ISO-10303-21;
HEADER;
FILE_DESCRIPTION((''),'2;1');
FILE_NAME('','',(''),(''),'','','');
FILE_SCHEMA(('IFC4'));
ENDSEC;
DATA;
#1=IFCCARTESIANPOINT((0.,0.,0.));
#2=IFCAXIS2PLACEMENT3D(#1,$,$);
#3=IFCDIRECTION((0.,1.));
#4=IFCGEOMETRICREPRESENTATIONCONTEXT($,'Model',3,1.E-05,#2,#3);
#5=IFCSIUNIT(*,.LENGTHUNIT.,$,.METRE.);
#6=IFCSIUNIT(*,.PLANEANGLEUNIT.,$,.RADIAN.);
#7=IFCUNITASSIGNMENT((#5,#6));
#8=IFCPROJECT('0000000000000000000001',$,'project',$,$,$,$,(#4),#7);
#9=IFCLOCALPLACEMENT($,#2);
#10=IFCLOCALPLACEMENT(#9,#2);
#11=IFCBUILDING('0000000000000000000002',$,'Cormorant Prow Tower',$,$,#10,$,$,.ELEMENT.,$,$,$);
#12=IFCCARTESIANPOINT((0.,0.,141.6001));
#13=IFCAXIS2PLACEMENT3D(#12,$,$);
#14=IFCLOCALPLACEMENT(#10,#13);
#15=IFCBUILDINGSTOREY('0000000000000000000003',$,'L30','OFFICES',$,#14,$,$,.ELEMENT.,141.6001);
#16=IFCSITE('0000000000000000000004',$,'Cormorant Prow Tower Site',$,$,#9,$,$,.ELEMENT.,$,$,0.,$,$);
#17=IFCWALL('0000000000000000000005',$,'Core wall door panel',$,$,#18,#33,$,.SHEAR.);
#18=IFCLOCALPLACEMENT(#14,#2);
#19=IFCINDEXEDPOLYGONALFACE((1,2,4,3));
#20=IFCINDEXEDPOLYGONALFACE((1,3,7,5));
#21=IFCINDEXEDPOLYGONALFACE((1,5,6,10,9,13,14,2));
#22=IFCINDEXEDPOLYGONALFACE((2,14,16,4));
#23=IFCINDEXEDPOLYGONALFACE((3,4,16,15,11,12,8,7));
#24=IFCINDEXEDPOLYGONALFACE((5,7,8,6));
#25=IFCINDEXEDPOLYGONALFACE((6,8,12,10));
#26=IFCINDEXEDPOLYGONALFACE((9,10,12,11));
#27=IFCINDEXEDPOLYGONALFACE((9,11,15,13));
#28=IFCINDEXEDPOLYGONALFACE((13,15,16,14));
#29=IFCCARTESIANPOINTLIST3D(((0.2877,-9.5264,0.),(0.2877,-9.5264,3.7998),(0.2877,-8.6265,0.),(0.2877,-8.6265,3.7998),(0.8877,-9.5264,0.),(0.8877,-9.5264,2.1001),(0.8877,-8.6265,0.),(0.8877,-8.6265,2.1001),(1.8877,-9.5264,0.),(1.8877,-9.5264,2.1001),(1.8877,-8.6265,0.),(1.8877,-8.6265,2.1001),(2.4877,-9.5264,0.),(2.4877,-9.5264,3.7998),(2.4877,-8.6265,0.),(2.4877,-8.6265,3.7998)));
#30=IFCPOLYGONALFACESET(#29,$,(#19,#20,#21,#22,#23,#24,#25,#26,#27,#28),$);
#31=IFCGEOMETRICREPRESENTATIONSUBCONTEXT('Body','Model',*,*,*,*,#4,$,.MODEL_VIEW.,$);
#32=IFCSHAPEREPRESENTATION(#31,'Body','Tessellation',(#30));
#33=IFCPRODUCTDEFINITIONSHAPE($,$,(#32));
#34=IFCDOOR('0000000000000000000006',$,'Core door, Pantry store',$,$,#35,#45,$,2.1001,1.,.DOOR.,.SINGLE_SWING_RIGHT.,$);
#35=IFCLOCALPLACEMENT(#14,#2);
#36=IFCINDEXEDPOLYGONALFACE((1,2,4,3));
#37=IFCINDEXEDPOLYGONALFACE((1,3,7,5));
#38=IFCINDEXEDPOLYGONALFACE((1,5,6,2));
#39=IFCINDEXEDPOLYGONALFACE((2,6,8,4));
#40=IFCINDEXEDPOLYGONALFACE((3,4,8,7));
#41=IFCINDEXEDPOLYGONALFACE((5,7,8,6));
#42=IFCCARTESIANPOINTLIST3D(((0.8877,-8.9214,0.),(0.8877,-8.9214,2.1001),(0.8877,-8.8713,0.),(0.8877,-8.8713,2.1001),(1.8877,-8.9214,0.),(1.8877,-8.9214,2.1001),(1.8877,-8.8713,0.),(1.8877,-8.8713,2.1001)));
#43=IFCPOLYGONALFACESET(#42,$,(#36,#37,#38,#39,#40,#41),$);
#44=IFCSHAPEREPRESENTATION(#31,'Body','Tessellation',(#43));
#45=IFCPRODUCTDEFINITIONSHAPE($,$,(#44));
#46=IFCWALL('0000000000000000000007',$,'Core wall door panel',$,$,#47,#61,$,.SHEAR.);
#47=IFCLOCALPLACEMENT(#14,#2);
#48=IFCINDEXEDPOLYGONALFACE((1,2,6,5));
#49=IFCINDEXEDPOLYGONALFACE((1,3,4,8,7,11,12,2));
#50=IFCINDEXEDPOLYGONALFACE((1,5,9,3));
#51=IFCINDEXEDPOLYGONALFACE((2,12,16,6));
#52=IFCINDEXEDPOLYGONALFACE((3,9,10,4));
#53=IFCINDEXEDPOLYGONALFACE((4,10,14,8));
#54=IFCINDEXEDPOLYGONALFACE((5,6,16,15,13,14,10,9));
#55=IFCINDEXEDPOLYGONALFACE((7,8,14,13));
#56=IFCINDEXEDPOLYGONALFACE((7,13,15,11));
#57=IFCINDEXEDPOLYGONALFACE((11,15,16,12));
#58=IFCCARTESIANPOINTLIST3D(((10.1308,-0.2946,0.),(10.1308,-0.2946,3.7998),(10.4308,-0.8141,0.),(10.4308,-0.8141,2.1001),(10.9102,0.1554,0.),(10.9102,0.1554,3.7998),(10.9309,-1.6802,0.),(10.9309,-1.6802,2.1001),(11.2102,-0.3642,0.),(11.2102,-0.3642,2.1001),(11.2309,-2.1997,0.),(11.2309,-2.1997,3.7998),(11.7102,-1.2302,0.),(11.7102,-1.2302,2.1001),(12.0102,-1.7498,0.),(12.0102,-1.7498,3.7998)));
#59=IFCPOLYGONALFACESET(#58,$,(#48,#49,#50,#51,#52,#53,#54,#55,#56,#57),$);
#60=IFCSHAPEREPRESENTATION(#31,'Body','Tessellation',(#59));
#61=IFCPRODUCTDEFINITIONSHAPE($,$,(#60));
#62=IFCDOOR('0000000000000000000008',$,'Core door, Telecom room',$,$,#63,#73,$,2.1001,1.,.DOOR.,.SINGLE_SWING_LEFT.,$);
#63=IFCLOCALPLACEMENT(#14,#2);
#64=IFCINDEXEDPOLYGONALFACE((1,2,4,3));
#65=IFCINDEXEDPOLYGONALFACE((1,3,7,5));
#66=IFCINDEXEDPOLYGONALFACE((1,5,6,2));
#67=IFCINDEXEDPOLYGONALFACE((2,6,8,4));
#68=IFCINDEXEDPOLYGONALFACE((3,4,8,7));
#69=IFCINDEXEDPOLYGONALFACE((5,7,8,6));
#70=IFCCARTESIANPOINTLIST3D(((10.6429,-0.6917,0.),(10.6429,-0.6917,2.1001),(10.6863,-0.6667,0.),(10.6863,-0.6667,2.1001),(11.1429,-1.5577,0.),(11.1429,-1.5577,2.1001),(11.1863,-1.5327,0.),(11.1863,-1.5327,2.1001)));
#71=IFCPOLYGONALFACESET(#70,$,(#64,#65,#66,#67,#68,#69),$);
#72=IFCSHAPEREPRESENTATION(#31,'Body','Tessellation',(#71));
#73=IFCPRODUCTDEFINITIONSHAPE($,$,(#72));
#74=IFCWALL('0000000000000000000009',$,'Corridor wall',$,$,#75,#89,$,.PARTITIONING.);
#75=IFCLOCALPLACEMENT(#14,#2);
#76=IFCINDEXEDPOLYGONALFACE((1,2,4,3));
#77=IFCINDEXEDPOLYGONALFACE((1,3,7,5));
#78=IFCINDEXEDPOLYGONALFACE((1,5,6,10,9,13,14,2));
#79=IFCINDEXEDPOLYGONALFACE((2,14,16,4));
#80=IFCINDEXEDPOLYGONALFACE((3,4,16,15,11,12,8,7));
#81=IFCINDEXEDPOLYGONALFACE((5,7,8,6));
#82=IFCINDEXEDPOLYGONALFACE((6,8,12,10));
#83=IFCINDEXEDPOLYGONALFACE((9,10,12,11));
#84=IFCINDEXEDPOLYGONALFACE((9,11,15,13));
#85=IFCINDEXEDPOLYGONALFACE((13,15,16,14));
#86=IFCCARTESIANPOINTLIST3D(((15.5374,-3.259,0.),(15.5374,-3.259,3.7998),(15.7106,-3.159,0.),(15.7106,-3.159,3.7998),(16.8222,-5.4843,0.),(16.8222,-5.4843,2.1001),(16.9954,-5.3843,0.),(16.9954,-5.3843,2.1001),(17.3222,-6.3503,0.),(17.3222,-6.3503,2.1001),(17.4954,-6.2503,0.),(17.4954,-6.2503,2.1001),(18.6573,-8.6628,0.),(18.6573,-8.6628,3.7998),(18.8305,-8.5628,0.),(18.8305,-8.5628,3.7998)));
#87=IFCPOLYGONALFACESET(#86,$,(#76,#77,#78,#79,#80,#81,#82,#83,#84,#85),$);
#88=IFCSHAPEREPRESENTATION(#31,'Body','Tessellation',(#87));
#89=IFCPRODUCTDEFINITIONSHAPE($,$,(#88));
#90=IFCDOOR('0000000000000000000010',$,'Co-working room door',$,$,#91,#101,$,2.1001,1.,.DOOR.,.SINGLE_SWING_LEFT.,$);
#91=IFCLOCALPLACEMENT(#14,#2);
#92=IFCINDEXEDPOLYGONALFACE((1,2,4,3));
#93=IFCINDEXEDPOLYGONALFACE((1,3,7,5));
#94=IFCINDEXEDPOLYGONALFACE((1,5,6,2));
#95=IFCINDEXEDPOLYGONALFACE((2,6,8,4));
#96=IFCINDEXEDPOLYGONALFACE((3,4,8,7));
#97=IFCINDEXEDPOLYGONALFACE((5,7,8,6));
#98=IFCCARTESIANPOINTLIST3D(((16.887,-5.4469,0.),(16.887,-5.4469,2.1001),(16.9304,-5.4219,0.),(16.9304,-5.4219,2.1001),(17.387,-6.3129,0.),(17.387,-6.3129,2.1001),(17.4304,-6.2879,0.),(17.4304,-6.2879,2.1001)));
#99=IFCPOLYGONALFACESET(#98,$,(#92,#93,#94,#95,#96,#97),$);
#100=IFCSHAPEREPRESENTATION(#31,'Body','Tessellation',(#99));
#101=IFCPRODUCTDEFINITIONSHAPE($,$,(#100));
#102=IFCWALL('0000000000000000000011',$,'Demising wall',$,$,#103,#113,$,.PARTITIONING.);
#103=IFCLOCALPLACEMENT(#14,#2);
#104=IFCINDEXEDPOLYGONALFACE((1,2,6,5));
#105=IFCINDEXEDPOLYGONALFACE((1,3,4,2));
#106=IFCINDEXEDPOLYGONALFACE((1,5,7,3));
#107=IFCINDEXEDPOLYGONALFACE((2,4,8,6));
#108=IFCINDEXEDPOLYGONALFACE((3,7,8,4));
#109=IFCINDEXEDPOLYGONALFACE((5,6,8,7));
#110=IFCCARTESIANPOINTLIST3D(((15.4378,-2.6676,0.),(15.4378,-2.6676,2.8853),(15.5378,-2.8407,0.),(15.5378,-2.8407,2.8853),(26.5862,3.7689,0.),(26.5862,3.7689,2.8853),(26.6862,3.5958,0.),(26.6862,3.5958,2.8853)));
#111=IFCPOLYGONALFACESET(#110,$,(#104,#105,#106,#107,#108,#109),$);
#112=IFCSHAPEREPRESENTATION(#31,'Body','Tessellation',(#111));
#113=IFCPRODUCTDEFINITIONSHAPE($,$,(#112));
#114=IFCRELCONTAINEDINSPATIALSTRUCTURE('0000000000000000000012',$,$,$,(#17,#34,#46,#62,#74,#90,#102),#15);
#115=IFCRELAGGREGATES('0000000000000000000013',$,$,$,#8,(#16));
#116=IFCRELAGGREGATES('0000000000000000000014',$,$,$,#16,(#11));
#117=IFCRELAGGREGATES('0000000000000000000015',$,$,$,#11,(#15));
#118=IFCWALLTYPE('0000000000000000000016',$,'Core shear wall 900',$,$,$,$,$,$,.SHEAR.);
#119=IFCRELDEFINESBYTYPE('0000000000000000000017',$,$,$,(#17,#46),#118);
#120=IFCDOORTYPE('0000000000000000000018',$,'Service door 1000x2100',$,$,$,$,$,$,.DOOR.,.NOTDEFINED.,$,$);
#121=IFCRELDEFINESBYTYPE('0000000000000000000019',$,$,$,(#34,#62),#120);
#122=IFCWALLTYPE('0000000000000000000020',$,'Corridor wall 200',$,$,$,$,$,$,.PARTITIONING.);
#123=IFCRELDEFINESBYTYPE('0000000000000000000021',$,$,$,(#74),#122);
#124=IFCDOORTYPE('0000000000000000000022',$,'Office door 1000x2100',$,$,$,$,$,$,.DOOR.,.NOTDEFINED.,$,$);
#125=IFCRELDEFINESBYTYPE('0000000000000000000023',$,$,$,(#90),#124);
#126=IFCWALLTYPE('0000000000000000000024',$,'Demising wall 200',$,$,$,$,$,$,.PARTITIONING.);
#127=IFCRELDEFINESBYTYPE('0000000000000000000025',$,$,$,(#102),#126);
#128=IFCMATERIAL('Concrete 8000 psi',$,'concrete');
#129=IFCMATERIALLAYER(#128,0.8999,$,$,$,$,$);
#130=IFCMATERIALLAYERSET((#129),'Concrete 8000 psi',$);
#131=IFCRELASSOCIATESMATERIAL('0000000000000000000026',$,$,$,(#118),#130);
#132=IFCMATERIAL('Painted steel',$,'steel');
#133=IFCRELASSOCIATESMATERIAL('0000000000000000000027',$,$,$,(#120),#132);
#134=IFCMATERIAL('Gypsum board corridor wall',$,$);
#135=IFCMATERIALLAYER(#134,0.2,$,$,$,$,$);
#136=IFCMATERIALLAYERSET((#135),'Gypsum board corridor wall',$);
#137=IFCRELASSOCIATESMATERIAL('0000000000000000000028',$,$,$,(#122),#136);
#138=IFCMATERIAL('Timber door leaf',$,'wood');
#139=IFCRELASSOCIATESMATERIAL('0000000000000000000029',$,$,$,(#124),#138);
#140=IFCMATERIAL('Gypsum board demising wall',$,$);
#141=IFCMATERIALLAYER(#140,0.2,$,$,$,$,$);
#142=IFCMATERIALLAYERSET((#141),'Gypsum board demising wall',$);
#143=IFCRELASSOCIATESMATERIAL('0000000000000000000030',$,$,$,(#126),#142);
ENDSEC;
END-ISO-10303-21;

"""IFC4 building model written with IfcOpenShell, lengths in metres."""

from ifc_helpers import new_model, si_unit, direction, frame, frame_2d, origin, place, context, subcontext, project, spatial, rectangle, extrude, material, layer, layer_set, type_object, element, fill, save


model = new_model("IFC4")

# Units and contexts
model_context = context("Model", 3, precision=1e-05, world=origin(), true_north=direction((0.0, 1.0)))
body_context = subcontext(model_context, "Body", "Model", "MODEL_VIEW")
ifc_project = project(units=[si_unit("LENGTHUNIT", "METRE"), si_unit("PLANEANGLEUNIT", "RADIAN")], contexts=[model_context])

# Site, building, storey
site_placement = place(None, origin())
site = spatial("IfcSite", under=ifc_project, at=site_placement, Name="Cormorant Prow Tower Site", CompositionType="ELEMENT", RefElevation=0.0)
building_placement = place(site_placement, origin())
building = spatial("IfcBuilding", under=site, at=building_placement, Name="Cormorant Prow Tower", CompositionType="ELEMENT")
storey_placement = place(building_placement, frame((0.0, 0.0, 141.6001)))
storey = spatial("IfcBuildingStorey", under=building, at=storey_placement, Name="L30", Description="OFFICES", CompositionType="ELEMENT", Elevation=141.6001)

# Shared definitions
ifc_material_1 = material(Name="Concrete 8000 psi", Category="concrete")
ifc_layer_1 = layer(ifc_material_1, 0.8999)
ifc_layer_set_1 = layer_set([ifc_layer_1], Name="Concrete 8000 psi")
wall_type_1 = type_object("IfcWallType", Name="Core shear wall 900", PredefinedType="SHEAR", material=ifc_layer_set_1)

# Walls, openings, doors
wall_1_placement = place(storey_placement, frame((0.2876, -9.0764, 0.0), z_axis=(0.0, 0.0, 1.0), x_axis=(1.0, 0.0, 0.0)))
wall_1 = element("IfcWall", 1, at=wall_1_placement, inside=storey, type_object=wall_type_1, Name="Core wall door panel", PredefinedType="SHEAR", context=body_context, shape_type="SweptSolid", body=[
    extrude(rectangle(XDim=2.2, YDim=0.8999, at=frame_2d((1.1001, 0.0))), origin(), (0.0, 0.0, 1.0), 3.7998),
])
opening_1_placement = place(wall_1_placement, frame((0.6001, 0.0, 0.0)))
opening_1 = element("IfcOpeningElement", 2, at=opening_1_placement, cuts=wall_1, PredefinedType="OPENING", context=body_context, shape_type="SweptSolid", body=[
    extrude(rectangle(XDim=1.0, YDim=2.1001, at=frame_2d((0.5, 1.05))), frame((0.0, 0.46, 0.0), z_axis=(0.0, -1.0, 0.0), x_axis=(1.0, 0.0, 0.0)), (0.0, 0.0, 1.0), 0.9199),
])
ifc_material_2 = material(Name="Painted steel", Category="steel")
door_type_1 = type_object("IfcDoorType", Name="Service door 1000x2100", OperationType="NOTDEFINED", PredefinedType="DOOR", material=ifc_material_2)
door_1_placement = place(opening_1_placement, origin())
door_1 = element("IfcDoor", 3, at=door_1_placement, inside=storey, type_object=door_type_1, Name="Core door, Pantry store", OperationType="SINGLE_SWING_RIGHT", OverallHeight=2.1001, OverallWidth=1.0, PredefinedType="DOOR", context=body_context, shape_type="SweptSolid", body=[
    extrude(rectangle(XDim=1.0, YDim=2.1001, at=frame_2d((0.5, 1.05))), frame((0.0, 0.2051, 0.0), z_axis=(0.0, -1.0, 0.0), x_axis=(1.0, 0.0, 0.0)), (0.0, 0.0, 1.0), 0.05),
])
fill(opening_1, door_1)
wall_2_placement = place(storey_placement, frame((11.6206, -1.9749, 0.0), z_axis=(0.0, 0.0, 1.0), x_axis=(-0.50003, 0.866008, 0.0)))
wall_2 = element("IfcWall", 4, at=wall_2_placement, inside=storey, type_object=wall_type_1, Name="Core wall door panel", PredefinedType="SHEAR", context=body_context, shape_type="SweptSolid", body=[
    extrude(rectangle(XDim=2.2, YDim=0.8999, at=frame_2d((1.1001, 0.0))), origin(), (0.0, 0.0, 1.0), 3.7998),
])
opening_2_placement = place(wall_2_placement, frame((0.6001, 0.0, 0.0)))
opening_2 = element("IfcOpeningElement", 5, at=opening_2_placement, cuts=wall_2, PredefinedType="OPENING", context=body_context, shape_type="SweptSolid", body=[
    extrude(rectangle(XDim=1.0, YDim=2.1001, at=frame_2d((0.5, 1.05))), frame((0.0, 0.46, 0.0), z_axis=(0.0, -1.0, 0.0), x_axis=(1.0, 0.0, 0.0)), (0.0, 0.0, 1.0), 0.9199),
])
door_2_placement = place(opening_2_placement, origin())
door_2 = element("IfcDoor", 6, at=door_2_placement, inside=storey, type_object=door_type_1, Name="Core door, Telecom room", OperationType="SINGLE_SWING_LEFT", OverallHeight=2.1001, OverallWidth=1.0, PredefinedType="DOOR", context=body_context, shape_type="SweptSolid", body=[
    extrude(rectangle(XDim=1.0, YDim=2.1001, at=frame_2d((0.5, 1.05))), frame((0.0, 0.2051, 0.0), z_axis=(0.0, -1.0, 0.0), x_axis=(1.0, 0.0, 0.0)), (0.0, 0.0, 1.0), 0.05),
])
fill(opening_2, door_2)
ifc_material_3 = material(Name="Gypsum board corridor wall")
ifc_layer_2 = layer(ifc_material_3, 0.2)
ifc_layer_set_2 = layer_set([ifc_layer_2], Name="Gypsum board corridor wall")
wall_type_2 = type_object("IfcWallType", Name="Corridor wall 200", PredefinedType="PARTITIONING", material=ifc_layer_set_2)
wall_3_placement = place(storey_placement, frame((15.624, -3.209, 0.0), z_axis=(0.0, 0.0, 1.0), x_axis=(0.499998, -0.866027, 0.0)))
wall_3 = element("IfcWall", 7, at=wall_3_placement, inside=storey, type_object=wall_type_2, Name="Corridor wall", PredefinedType="PARTITIONING", context=body_context, shape_type="SweptSolid", body=[
    extrude(rectangle(XDim=6.2397, YDim=0.2, at=frame_2d((3.1199, 0.0))), origin(), (0.0, 0.0, 1.0), 3.7998),
])
opening_3_placement = place(wall_3_placement, frame((2.5696, 0.0, 0.0)))
opening_3 = element("IfcOpeningElement", 8, at=opening_3_placement, cuts=wall_3, PredefinedType="OPENING", context=body_context, shape_type="SweptSolid", body=[
    extrude(rectangle(XDim=1.0, YDim=2.1001, at=frame_2d((0.5, 1.05))), frame((0.0, 0.1099, 0.0), z_axis=(0.0, -1.0, 0.0), x_axis=(1.0, 0.0, 0.0)), (0.0, 0.0, 1.0), 0.22),
])
ifc_material_4 = material(Name="Timber door leaf", Category="wood")
door_type_2 = type_object("IfcDoorType", Name="Office door 1000x2100", OperationType="NOTDEFINED", PredefinedType="DOOR", material=ifc_material_4)
door_3_placement = place(opening_3_placement, origin())
door_3 = element("IfcDoor", 9, at=door_3_placement, inside=storey, type_object=door_type_2, Name="Co-working room door", OperationType="SINGLE_SWING_LEFT", OverallHeight=2.1001, OverallWidth=1.0, PredefinedType="DOOR", context=body_context, shape_type="SweptSolid", body=[
    extrude(rectangle(XDim=1.0, YDim=2.1001, at=frame_2d((0.5, 1.05))), frame((0.0, 0.0249, 0.0), z_axis=(0.0, -1.0, 0.0), x_axis=(1.0, 0.0, 0.0)), (0.0, 0.0, 1.0), 0.05),
])
fill(opening_3, door_3)

# Wall
ifc_material_5 = material(Name="Gypsum board demising wall")
ifc_layer_3 = layer(ifc_material_5, 0.2)
ifc_layer_set_3 = layer_set([ifc_layer_3], Name="Gypsum board demising wall")
wall_type_3 = type_object("IfcWallType", Name="Demising wall 200", PredefinedType="PARTITIONING", material=ifc_layer_set_3)
wall_4_placement = place(storey_placement, frame((15.4878, -2.7542, 0.0), z_axis=(0.0, 0.0, 1.0), x_axis=(0.866026, 0.499998, 0.0)))
element("IfcWall", 10, at=wall_4_placement, inside=storey, type_object=wall_type_3, Name="Demising wall", PredefinedType="PARTITIONING", context=body_context, shape_type="SweptSolid", body=[
    extrude(rectangle(XDim=12.873, YDim=0.2, at=frame_2d((6.4365, 0.0))), origin(), (0.0, 0.0, 1.0), 2.8853),
])

save(model, "model.ifc")
